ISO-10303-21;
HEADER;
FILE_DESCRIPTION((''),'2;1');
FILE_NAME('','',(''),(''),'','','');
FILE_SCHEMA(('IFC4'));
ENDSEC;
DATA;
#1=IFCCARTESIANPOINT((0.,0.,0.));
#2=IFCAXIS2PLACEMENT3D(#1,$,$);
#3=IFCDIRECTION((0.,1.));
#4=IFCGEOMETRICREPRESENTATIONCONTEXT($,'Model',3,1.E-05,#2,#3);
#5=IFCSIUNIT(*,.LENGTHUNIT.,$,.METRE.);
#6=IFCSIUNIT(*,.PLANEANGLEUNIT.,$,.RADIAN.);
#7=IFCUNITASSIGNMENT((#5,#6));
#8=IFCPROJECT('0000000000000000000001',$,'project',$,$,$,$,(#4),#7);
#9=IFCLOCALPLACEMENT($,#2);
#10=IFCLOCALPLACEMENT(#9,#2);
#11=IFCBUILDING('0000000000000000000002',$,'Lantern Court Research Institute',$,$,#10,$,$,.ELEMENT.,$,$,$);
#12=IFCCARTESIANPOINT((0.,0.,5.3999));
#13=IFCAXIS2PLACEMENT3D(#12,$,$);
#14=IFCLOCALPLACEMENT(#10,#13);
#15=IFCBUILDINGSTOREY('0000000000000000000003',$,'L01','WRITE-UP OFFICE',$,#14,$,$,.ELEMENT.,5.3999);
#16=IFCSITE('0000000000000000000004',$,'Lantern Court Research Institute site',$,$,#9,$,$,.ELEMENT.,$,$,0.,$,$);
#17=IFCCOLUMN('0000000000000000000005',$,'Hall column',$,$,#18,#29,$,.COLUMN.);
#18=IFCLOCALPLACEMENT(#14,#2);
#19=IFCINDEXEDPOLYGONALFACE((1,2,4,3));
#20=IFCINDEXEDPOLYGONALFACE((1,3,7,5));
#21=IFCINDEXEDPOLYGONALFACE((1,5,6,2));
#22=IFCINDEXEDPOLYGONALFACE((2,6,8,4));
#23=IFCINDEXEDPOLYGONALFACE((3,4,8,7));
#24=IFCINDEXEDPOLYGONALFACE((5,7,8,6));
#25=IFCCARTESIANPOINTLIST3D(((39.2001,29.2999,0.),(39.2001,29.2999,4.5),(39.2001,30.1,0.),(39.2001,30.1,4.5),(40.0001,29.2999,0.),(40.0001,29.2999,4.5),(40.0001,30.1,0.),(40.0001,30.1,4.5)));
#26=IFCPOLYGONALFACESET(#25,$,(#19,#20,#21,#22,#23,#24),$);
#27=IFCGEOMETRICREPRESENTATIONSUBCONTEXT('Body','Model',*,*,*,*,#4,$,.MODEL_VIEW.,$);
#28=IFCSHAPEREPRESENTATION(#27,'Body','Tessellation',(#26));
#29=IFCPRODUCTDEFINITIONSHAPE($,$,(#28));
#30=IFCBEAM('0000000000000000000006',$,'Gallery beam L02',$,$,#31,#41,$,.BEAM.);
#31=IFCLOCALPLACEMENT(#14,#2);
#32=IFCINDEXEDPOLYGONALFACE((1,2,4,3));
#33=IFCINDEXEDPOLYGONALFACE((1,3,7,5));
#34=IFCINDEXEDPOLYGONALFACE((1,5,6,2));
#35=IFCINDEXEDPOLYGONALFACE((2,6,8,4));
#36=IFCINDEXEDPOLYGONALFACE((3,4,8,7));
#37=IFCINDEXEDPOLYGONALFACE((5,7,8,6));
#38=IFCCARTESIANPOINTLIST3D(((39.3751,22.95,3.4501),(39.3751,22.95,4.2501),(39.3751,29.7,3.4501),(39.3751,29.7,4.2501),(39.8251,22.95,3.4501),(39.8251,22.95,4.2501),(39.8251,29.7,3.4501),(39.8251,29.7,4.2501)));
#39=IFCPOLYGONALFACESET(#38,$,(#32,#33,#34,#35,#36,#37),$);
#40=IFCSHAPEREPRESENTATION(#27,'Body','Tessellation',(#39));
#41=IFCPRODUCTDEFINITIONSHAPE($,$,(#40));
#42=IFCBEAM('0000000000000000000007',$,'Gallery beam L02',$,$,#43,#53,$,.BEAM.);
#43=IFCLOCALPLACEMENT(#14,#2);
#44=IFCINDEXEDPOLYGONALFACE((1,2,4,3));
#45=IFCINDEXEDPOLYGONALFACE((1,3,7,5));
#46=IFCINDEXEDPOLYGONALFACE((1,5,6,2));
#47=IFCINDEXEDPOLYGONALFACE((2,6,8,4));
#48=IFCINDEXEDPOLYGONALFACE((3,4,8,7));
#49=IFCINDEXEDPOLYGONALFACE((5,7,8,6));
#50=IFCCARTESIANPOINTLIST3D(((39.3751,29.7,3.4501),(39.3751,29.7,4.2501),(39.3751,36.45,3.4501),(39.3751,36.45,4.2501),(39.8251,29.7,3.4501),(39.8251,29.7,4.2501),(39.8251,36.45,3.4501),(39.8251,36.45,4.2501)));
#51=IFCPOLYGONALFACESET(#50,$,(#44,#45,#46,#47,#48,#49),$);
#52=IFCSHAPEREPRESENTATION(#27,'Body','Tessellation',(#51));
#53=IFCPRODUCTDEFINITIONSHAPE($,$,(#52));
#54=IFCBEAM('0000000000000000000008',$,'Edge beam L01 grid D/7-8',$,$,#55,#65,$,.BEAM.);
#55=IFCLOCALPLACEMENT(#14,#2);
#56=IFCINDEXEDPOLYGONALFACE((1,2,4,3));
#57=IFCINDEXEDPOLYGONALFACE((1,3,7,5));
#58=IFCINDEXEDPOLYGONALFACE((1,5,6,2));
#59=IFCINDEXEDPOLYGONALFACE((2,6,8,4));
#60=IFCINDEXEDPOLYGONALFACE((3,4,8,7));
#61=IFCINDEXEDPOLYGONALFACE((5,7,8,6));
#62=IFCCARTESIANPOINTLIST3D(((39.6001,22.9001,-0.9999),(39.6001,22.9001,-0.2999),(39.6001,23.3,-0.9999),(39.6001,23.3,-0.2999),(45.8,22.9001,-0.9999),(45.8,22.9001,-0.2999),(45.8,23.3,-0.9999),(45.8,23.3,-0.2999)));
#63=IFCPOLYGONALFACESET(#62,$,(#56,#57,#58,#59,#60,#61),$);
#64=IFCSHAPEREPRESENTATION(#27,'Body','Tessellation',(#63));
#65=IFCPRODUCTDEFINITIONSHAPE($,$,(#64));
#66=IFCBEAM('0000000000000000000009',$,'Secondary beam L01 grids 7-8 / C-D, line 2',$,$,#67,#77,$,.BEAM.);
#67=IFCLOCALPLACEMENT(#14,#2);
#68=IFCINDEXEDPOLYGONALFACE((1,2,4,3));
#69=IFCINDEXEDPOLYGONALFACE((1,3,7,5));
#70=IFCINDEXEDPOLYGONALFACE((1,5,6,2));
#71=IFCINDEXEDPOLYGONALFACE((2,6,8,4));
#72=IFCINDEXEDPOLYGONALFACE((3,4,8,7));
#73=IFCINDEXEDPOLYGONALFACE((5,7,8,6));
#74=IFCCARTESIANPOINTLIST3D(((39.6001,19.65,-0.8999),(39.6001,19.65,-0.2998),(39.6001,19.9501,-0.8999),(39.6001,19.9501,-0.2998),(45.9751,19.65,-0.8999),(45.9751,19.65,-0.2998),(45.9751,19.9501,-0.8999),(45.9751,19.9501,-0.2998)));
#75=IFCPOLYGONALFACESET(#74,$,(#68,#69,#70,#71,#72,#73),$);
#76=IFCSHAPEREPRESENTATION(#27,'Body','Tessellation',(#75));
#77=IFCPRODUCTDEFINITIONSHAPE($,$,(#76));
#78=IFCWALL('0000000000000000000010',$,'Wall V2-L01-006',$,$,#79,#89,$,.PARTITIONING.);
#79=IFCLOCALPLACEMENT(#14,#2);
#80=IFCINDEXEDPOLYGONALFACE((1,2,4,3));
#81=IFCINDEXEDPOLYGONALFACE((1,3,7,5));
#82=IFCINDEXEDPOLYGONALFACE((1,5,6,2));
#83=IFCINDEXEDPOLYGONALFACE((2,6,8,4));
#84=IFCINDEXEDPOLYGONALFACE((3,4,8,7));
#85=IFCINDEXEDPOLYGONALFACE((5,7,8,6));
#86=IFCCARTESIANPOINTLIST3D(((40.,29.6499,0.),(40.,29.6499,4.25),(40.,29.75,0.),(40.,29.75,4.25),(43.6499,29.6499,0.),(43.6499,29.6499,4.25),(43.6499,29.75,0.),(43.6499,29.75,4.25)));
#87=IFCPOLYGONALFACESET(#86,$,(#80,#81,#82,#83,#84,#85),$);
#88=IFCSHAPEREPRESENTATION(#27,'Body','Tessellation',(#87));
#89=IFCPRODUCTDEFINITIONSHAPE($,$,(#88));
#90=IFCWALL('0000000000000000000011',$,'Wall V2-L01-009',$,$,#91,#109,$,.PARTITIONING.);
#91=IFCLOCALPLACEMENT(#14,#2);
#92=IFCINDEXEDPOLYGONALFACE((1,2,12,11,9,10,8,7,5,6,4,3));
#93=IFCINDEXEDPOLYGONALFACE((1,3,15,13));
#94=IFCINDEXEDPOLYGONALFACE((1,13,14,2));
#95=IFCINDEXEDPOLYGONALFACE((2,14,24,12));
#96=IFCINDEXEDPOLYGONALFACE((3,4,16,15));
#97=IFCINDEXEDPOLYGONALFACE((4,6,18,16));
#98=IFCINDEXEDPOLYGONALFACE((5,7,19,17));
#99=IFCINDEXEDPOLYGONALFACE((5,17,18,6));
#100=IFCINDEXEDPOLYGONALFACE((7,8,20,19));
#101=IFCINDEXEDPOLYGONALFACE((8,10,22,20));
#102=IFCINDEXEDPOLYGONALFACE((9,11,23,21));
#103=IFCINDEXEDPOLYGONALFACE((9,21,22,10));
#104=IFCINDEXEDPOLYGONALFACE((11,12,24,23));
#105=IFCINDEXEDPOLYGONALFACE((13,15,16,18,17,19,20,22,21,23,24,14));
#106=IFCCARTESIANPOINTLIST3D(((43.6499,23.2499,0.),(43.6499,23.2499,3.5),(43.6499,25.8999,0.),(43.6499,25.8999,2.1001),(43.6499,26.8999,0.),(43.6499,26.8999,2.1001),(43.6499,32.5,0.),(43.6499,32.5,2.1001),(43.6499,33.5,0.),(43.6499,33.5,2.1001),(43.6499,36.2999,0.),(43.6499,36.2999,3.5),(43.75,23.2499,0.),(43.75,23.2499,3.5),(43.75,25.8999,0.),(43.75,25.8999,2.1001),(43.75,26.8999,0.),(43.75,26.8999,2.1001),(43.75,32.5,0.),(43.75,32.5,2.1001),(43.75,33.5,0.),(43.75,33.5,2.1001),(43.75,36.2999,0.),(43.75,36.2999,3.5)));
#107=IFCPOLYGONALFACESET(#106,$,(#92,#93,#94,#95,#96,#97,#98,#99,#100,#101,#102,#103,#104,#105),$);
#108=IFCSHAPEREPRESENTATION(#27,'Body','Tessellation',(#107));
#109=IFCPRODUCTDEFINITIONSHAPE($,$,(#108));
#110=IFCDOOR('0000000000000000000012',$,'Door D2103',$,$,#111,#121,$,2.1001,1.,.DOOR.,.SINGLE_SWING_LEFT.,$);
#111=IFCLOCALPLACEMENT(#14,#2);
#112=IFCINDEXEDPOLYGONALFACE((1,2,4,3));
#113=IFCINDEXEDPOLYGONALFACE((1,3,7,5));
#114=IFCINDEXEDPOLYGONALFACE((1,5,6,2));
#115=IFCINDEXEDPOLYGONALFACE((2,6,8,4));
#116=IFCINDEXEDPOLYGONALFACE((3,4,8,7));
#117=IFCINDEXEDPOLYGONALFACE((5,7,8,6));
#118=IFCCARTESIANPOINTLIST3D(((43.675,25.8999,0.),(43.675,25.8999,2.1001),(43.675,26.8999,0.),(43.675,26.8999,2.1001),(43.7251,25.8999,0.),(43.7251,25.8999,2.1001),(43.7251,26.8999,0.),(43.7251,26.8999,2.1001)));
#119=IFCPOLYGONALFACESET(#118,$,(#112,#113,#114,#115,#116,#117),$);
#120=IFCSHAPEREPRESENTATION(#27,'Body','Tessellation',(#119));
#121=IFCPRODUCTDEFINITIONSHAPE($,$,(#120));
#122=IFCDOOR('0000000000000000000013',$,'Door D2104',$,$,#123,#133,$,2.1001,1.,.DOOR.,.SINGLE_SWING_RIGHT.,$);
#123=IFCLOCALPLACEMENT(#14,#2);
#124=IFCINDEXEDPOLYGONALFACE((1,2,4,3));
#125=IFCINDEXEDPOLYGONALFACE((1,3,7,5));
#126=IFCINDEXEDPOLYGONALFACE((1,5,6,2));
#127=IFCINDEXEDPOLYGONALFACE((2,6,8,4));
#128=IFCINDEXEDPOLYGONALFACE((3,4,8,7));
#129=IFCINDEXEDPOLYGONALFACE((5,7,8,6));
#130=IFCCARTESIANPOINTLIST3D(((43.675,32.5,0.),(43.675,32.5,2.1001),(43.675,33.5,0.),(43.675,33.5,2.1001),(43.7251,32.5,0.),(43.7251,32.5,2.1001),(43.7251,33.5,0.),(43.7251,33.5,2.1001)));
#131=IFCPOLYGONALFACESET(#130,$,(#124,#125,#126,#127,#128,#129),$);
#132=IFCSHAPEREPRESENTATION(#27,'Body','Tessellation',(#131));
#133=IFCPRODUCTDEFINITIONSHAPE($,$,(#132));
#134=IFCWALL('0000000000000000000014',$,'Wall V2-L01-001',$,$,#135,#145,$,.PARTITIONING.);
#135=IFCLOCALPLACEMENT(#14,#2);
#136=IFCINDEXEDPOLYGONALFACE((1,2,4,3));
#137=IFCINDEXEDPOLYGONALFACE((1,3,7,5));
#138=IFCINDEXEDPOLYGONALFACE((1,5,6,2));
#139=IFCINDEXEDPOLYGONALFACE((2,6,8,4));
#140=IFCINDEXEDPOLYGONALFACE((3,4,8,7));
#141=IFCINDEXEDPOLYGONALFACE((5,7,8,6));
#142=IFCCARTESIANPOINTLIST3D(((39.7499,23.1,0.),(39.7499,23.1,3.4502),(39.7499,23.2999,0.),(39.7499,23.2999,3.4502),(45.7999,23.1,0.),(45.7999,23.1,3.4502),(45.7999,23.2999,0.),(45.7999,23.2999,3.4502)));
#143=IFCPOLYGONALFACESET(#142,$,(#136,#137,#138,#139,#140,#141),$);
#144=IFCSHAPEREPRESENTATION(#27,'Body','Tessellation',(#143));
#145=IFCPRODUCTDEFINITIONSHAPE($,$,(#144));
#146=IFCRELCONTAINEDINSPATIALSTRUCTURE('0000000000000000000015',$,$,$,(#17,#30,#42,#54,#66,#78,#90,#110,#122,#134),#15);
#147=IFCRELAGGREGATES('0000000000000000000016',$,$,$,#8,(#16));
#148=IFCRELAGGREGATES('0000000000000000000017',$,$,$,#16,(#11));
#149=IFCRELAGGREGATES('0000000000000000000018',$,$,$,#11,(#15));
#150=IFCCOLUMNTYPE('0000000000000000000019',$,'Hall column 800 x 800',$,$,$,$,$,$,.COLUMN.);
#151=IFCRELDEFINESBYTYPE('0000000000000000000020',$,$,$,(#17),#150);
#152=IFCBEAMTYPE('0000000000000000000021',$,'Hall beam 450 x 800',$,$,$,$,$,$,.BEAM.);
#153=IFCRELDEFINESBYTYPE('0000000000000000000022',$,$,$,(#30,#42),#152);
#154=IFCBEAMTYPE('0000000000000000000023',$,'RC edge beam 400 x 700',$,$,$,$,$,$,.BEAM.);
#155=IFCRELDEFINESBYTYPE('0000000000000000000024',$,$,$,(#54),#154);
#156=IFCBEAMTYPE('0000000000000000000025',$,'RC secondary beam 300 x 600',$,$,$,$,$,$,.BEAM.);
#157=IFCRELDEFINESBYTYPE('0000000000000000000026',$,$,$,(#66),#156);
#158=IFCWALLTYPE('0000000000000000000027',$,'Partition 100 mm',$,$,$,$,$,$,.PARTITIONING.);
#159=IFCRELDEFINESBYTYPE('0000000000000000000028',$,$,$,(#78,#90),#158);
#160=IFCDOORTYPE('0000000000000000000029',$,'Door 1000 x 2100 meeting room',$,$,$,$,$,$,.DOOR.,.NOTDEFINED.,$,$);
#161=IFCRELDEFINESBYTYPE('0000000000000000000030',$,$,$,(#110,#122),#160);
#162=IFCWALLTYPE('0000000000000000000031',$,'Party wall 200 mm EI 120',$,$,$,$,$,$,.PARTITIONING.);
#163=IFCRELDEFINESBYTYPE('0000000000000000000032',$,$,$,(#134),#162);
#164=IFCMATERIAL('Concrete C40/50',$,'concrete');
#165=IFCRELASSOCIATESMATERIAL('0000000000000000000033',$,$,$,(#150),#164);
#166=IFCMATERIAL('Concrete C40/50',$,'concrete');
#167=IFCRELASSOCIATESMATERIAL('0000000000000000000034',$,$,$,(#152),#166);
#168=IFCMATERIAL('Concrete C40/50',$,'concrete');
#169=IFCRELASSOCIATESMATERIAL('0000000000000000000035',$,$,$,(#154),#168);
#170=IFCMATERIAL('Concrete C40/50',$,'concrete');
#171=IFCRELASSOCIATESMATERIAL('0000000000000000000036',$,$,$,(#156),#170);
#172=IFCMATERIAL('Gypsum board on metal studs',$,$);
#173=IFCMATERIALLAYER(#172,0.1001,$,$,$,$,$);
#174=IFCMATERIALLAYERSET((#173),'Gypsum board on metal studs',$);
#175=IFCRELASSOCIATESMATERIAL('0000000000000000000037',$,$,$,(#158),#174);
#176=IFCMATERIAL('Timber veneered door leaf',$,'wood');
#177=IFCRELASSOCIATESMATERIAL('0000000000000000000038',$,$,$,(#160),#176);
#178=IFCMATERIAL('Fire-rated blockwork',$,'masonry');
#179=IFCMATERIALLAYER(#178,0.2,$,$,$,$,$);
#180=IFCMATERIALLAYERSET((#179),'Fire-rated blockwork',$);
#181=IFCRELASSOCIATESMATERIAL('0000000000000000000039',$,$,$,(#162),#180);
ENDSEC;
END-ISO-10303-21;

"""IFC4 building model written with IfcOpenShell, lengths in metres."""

from ifc_helpers import new_model, si_unit, direction, frame, frame_2d, origin, origin_2d, place, context, subcontext, project, spatial, rectangle, extrude, material, layer, layer_set, material_profile, profile_set, type_object, element, fill, save


model = new_model("IFC4")

# Units and contexts
model_context = context("Model", 3, precision=1e-05, world=origin(), true_north=direction((0.0, 1.0)))
body_context = subcontext(model_context, "Body", "Model", "MODEL_VIEW")
ifc_project = project(units=[si_unit("LENGTHUNIT", "METRE"), si_unit("PLANEANGLEUNIT", "RADIAN")], contexts=[model_context])

# Site, building, storey
site_placement = place(None, origin())
site = spatial("IfcSite", under=ifc_project, at=site_placement, Name="Lantern Court Research Institute site", CompositionType="ELEMENT", RefElevation=0.0)
building_placement = place(site_placement, origin())
building = spatial("IfcBuilding", under=site, at=building_placement, Name="Lantern Court Research Institute", CompositionType="ELEMENT")
storey_placement = place(building_placement, frame((0.0, 0.0, 5.3999)))
storey = spatial("IfcBuildingStorey", under=building, at=storey_placement, Name="L01", Description="WRITE-UP OFFICE", CompositionType="ELEMENT", Elevation=5.3999)

# Column
ifc_material_1 = material(Name="Concrete C40/50", Category="concrete")
ifc_material_profile_1 = material_profile(ifc_material_1, rectangle(XDim=0.8, YDim=0.8, at=origin_2d()), Name="Hall column 800 x 800")
ifc_profile_set_1 = profile_set([ifc_material_profile_1], Name="Concrete C40/50")
column_type = type_object("IfcColumnType", Name="Hall column 800 x 800", PredefinedType="COLUMN", material=ifc_profile_set_1)
column_placement = place(storey_placement, frame((39.6001, 29.7, 0.0), z_axis=(0.0, 0.0, 1.0), x_axis=(1.0, 0.0, 0.0)))
element("IfcColumn", 1, at=column_placement, inside=storey, type_object=column_type, Name="Hall column", PredefinedType="COLUMN", context=body_context, shape_type="SweptSolid", body=[
    extrude(rectangle(XDim=0.8, YDim=0.8, at=origin_2d()), origin(), (0.0, 0.0, 1.0), 4.5),
])

# Beams
ifc_material_2 = material(Name="Concrete C40/50", Category="concrete")
ifc_material_profile_2 = material_profile(ifc_material_2, rectangle(XDim=0.45, YDim=0.8, at=origin_2d()), Name="Hall beam 450 x 800")
ifc_profile_set_2 = profile_set([ifc_material_profile_2], Name="Concrete C40/50")
beam_type_1 = type_object("IfcBeamType", Name="Hall beam 450 x 800", PredefinedType="BEAM", material=ifc_profile_set_2)
for number, where, z_axis, x_axis, name in (
    (2, (39.6001, 22.95, 3.8501), (0.0, 1.0, 0.0), (-1.0, 0.0, 0.0), "Gallery beam L02"),
    (3, (39.6001, 29.7, 3.8501), (0.0, 1.0, 0.0), (-1.0, 0.0, 0.0), "Gallery beam L02"),
):
    element("IfcBeam", number, at=place(storey_placement, frame(where, z_axis=z_axis, x_axis=x_axis)), inside=storey, type_object=beam_type_1, Name=name, PredefinedType="BEAM", context=body_context, shape_type="SweptSolid", body=[
        extrude(rectangle(XDim=0.45, YDim=0.8, at=origin_2d()), origin(), (0.0, 0.0, 1.0), 6.75),
    ])
ifc_material_3 = material(Name="Concrete C40/50", Category="concrete")
ifc_material_profile_3 = material_profile(ifc_material_3, rectangle(XDim=0.3999, YDim=0.7, at=origin_2d()), Name="RC beam 400 x 700")
ifc_profile_set_3 = profile_set([ifc_material_profile_3], Name="Concrete C40/50")
beam_type_2 = type_object("IfcBeamType", Name="RC edge beam 400 x 700", PredefinedType="BEAM", material=ifc_profile_set_3)
beam_1_placement = place(storey_placement, frame((39.6001, 23.1001, -0.6499), z_axis=(1.0, 0.0, 0.0), x_axis=(0.0, 1.0, 0.0)))
element("IfcBeam", 4, at=beam_1_placement, inside=storey, type_object=beam_type_2, Name="Edge beam L01 grid D/7-8", PredefinedType="BEAM", context=body_context, shape_type="SweptSolid", body=[
    extrude(rectangle(XDim=0.3999, YDim=0.7, at=origin_2d()), origin(), (0.0, 0.0, 1.0), 6.2),
])
ifc_material_4 = material(Name="Concrete C40/50", Category="concrete")
ifc_material_profile_4 = material_profile(ifc_material_4, rectangle(XDim=0.3, YDim=0.6001, at=origin_2d()), Name="RC beam 300 x 600")
ifc_profile_set_4 = profile_set([ifc_material_profile_4], Name="Concrete C40/50")
beam_type_3 = type_object("IfcBeamType", Name="RC secondary beam 300 x 600", PredefinedType="BEAM", material=ifc_profile_set_4)
beam_2_placement = place(storey_placement, frame((39.6001, 19.8, -0.5999), z_axis=(1.0, 0.0, 0.0), x_axis=(0.0, 1.0, 0.0)))
element("IfcBeam", 5, at=beam_2_placement, inside=storey, type_object=beam_type_3, Name="Secondary beam L01 grids 7-8 / C-D, line 2", PredefinedType="BEAM", context=body_context, shape_type="SweptSolid", body=[
    extrude(rectangle(XDim=0.3, YDim=0.6001, at=origin_2d()), origin(), (0.0, 0.0, 1.0), 6.375),
])

# Wall
ifc_material_5 = material(Name="Gypsum board on metal studs")
ifc_layer_1 = layer(ifc_material_5, 0.1001)
ifc_layer_set_1 = layer_set([ifc_layer_1], Name="Gypsum board on metal studs")
wall_type_1 = type_object("IfcWallType", Name="Partition 100 mm", PredefinedType="PARTITIONING", material=ifc_layer_set_1)
wall_1_placement = place(storey_placement, frame((40.0, 29.7, 0.0), z_axis=(0.0, 0.0, 1.0), x_axis=(1.0, 0.0, 0.0)))
element("IfcWall", 6, at=wall_1_placement, inside=storey, type_object=wall_type_1, Name="Wall V2-L01-006", PredefinedType="PARTITIONING", context=body_context, shape_type="SweptSolid", body=[
    extrude(rectangle(XDim=3.6499, YDim=0.1001, at=frame_2d((1.825, 0.0))), origin(), (0.0, 0.0, 1.0), 4.25),
])

# Wall, openings, doors
wall_2_placement = place(storey_placement, frame((43.7, 23.25, 0.0), z_axis=(0.0, 0.0, 1.0), x_axis=(0.0, 1.0, 0.0)))
wall_2 = element("IfcWall", 7, at=wall_2_placement, inside=storey, type_object=wall_type_1, Name="Wall V2-L01-009", PredefinedType="PARTITIONING", context=body_context, shape_type="SweptSolid", body=[
    extrude(rectangle(XDim=13.05, YDim=0.1001, at=frame_2d((6.5249, 0.0))), origin(), (0.0, 0.0, 1.0), 3.5),
])
opening_1_placement = place(wall_2_placement, frame((2.6499, 0.0, 0.0)))
opening_1 = element("IfcOpeningElement", 8, at=opening_1_placement, cuts=wall_2, PredefinedType="OPENING", context=body_context, shape_type="SweptSolid", body=[
    extrude(rectangle(XDim=1.0, YDim=2.1001, at=frame_2d((0.5, 1.05))), frame((0.0, 0.0601, 0.0), z_axis=(0.0, -1.0, 0.0), x_axis=(1.0, 0.0, 0.0)), (0.0, 0.0, 1.0), 0.1201),
])
opening_2_placement = place(wall_2_placement, frame((9.25, 0.0, 0.0)))
opening_2 = element("IfcOpeningElement", 9, at=opening_2_placement, cuts=wall_2, PredefinedType="OPENING", context=body_context, shape_type="SweptSolid", body=[
    extrude(rectangle(XDim=1.0, YDim=2.1001, at=frame_2d((0.5, 1.05))), frame((0.0, 0.0601, 0.0), z_axis=(0.0, -1.0, 0.0), x_axis=(1.0, 0.0, 0.0)), (0.0, 0.0, 1.0), 0.1201),
])
ifc_material_6 = material(Name="Timber veneered door leaf", Category="wood")
door_type_1 = type_object("IfcDoorType", Name="Door 1000 x 2100 meeting room", OperationType="NOTDEFINED", PredefinedType="DOOR", material=ifc_material_6)
door_1_placement = place(opening_1_placement, origin())
door_1 = element("IfcDoor", 10, at=door_1_placement, inside=storey, type_object=door_type_1, Name="Door D2103", OperationType="SINGLE_SWING_LEFT", OverallHeight=2.1001, OverallWidth=1.0, PredefinedType="DOOR", context=body_context, shape_type="SweptSolid", body=[
    extrude(rectangle(XDim=1.0, YDim=2.1001, at=frame_2d((0.5, 1.05))), frame((0.0, 0.0249, 0.0), z_axis=(0.0, -1.0, 0.0), x_axis=(1.0, 0.0, 0.0)), (0.0, 0.0, 1.0), 0.05),
])
fill(opening_1, door_1)
door_2_placement = place(opening_2_placement, origin())
door_2 = element("IfcDoor", 11, at=door_2_placement, inside=storey, type_object=door_type_1, Name="Door D2104", OperationType="SINGLE_SWING_RIGHT", OverallHeight=2.1001, OverallWidth=1.0, PredefinedType="DOOR", context=body_context, shape_type="SweptSolid", body=[
    extrude(rectangle(XDim=1.0, YDim=2.1001, at=frame_2d((0.5, 1.05))), frame((0.0, 0.0249, 0.0), z_axis=(0.0, -1.0, 0.0), x_axis=(1.0, 0.0, 0.0)), (0.0, 0.0, 1.0), 0.05),
])
fill(opening_2, door_2)

# Wall
ifc_material_7 = material(Name="Fire-rated blockwork", Category="masonry")
ifc_layer_2 = layer(ifc_material_7, 0.2)
ifc_layer_set_2 = layer_set([ifc_layer_2], Name="Fire-rated blockwork")
wall_type_2 = type_object("IfcWallType", Name="Party wall 200 mm EI 120", PredefinedType="PARTITIONING", material=ifc_layer_set_2)
wall_3_placement = place(storey_placement, frame((39.75, 23.2, 0.0), z_axis=(0.0, 0.0, 1.0), x_axis=(1.0, 0.0, 0.0)))
element("IfcWall", 12, at=wall_3_placement, inside=storey, type_object=wall_type_2, Name="Wall V2-L01-001", PredefinedType="PARTITIONING", context=body_context, shape_type="SweptSolid", body=[
    extrude(rectangle(XDim=6.05, YDim=0.2, at=frame_2d((3.0249, 0.0))), origin(), (0.0, 0.0, 1.0), 3.4502),
])

save(model, "model.ifc")
